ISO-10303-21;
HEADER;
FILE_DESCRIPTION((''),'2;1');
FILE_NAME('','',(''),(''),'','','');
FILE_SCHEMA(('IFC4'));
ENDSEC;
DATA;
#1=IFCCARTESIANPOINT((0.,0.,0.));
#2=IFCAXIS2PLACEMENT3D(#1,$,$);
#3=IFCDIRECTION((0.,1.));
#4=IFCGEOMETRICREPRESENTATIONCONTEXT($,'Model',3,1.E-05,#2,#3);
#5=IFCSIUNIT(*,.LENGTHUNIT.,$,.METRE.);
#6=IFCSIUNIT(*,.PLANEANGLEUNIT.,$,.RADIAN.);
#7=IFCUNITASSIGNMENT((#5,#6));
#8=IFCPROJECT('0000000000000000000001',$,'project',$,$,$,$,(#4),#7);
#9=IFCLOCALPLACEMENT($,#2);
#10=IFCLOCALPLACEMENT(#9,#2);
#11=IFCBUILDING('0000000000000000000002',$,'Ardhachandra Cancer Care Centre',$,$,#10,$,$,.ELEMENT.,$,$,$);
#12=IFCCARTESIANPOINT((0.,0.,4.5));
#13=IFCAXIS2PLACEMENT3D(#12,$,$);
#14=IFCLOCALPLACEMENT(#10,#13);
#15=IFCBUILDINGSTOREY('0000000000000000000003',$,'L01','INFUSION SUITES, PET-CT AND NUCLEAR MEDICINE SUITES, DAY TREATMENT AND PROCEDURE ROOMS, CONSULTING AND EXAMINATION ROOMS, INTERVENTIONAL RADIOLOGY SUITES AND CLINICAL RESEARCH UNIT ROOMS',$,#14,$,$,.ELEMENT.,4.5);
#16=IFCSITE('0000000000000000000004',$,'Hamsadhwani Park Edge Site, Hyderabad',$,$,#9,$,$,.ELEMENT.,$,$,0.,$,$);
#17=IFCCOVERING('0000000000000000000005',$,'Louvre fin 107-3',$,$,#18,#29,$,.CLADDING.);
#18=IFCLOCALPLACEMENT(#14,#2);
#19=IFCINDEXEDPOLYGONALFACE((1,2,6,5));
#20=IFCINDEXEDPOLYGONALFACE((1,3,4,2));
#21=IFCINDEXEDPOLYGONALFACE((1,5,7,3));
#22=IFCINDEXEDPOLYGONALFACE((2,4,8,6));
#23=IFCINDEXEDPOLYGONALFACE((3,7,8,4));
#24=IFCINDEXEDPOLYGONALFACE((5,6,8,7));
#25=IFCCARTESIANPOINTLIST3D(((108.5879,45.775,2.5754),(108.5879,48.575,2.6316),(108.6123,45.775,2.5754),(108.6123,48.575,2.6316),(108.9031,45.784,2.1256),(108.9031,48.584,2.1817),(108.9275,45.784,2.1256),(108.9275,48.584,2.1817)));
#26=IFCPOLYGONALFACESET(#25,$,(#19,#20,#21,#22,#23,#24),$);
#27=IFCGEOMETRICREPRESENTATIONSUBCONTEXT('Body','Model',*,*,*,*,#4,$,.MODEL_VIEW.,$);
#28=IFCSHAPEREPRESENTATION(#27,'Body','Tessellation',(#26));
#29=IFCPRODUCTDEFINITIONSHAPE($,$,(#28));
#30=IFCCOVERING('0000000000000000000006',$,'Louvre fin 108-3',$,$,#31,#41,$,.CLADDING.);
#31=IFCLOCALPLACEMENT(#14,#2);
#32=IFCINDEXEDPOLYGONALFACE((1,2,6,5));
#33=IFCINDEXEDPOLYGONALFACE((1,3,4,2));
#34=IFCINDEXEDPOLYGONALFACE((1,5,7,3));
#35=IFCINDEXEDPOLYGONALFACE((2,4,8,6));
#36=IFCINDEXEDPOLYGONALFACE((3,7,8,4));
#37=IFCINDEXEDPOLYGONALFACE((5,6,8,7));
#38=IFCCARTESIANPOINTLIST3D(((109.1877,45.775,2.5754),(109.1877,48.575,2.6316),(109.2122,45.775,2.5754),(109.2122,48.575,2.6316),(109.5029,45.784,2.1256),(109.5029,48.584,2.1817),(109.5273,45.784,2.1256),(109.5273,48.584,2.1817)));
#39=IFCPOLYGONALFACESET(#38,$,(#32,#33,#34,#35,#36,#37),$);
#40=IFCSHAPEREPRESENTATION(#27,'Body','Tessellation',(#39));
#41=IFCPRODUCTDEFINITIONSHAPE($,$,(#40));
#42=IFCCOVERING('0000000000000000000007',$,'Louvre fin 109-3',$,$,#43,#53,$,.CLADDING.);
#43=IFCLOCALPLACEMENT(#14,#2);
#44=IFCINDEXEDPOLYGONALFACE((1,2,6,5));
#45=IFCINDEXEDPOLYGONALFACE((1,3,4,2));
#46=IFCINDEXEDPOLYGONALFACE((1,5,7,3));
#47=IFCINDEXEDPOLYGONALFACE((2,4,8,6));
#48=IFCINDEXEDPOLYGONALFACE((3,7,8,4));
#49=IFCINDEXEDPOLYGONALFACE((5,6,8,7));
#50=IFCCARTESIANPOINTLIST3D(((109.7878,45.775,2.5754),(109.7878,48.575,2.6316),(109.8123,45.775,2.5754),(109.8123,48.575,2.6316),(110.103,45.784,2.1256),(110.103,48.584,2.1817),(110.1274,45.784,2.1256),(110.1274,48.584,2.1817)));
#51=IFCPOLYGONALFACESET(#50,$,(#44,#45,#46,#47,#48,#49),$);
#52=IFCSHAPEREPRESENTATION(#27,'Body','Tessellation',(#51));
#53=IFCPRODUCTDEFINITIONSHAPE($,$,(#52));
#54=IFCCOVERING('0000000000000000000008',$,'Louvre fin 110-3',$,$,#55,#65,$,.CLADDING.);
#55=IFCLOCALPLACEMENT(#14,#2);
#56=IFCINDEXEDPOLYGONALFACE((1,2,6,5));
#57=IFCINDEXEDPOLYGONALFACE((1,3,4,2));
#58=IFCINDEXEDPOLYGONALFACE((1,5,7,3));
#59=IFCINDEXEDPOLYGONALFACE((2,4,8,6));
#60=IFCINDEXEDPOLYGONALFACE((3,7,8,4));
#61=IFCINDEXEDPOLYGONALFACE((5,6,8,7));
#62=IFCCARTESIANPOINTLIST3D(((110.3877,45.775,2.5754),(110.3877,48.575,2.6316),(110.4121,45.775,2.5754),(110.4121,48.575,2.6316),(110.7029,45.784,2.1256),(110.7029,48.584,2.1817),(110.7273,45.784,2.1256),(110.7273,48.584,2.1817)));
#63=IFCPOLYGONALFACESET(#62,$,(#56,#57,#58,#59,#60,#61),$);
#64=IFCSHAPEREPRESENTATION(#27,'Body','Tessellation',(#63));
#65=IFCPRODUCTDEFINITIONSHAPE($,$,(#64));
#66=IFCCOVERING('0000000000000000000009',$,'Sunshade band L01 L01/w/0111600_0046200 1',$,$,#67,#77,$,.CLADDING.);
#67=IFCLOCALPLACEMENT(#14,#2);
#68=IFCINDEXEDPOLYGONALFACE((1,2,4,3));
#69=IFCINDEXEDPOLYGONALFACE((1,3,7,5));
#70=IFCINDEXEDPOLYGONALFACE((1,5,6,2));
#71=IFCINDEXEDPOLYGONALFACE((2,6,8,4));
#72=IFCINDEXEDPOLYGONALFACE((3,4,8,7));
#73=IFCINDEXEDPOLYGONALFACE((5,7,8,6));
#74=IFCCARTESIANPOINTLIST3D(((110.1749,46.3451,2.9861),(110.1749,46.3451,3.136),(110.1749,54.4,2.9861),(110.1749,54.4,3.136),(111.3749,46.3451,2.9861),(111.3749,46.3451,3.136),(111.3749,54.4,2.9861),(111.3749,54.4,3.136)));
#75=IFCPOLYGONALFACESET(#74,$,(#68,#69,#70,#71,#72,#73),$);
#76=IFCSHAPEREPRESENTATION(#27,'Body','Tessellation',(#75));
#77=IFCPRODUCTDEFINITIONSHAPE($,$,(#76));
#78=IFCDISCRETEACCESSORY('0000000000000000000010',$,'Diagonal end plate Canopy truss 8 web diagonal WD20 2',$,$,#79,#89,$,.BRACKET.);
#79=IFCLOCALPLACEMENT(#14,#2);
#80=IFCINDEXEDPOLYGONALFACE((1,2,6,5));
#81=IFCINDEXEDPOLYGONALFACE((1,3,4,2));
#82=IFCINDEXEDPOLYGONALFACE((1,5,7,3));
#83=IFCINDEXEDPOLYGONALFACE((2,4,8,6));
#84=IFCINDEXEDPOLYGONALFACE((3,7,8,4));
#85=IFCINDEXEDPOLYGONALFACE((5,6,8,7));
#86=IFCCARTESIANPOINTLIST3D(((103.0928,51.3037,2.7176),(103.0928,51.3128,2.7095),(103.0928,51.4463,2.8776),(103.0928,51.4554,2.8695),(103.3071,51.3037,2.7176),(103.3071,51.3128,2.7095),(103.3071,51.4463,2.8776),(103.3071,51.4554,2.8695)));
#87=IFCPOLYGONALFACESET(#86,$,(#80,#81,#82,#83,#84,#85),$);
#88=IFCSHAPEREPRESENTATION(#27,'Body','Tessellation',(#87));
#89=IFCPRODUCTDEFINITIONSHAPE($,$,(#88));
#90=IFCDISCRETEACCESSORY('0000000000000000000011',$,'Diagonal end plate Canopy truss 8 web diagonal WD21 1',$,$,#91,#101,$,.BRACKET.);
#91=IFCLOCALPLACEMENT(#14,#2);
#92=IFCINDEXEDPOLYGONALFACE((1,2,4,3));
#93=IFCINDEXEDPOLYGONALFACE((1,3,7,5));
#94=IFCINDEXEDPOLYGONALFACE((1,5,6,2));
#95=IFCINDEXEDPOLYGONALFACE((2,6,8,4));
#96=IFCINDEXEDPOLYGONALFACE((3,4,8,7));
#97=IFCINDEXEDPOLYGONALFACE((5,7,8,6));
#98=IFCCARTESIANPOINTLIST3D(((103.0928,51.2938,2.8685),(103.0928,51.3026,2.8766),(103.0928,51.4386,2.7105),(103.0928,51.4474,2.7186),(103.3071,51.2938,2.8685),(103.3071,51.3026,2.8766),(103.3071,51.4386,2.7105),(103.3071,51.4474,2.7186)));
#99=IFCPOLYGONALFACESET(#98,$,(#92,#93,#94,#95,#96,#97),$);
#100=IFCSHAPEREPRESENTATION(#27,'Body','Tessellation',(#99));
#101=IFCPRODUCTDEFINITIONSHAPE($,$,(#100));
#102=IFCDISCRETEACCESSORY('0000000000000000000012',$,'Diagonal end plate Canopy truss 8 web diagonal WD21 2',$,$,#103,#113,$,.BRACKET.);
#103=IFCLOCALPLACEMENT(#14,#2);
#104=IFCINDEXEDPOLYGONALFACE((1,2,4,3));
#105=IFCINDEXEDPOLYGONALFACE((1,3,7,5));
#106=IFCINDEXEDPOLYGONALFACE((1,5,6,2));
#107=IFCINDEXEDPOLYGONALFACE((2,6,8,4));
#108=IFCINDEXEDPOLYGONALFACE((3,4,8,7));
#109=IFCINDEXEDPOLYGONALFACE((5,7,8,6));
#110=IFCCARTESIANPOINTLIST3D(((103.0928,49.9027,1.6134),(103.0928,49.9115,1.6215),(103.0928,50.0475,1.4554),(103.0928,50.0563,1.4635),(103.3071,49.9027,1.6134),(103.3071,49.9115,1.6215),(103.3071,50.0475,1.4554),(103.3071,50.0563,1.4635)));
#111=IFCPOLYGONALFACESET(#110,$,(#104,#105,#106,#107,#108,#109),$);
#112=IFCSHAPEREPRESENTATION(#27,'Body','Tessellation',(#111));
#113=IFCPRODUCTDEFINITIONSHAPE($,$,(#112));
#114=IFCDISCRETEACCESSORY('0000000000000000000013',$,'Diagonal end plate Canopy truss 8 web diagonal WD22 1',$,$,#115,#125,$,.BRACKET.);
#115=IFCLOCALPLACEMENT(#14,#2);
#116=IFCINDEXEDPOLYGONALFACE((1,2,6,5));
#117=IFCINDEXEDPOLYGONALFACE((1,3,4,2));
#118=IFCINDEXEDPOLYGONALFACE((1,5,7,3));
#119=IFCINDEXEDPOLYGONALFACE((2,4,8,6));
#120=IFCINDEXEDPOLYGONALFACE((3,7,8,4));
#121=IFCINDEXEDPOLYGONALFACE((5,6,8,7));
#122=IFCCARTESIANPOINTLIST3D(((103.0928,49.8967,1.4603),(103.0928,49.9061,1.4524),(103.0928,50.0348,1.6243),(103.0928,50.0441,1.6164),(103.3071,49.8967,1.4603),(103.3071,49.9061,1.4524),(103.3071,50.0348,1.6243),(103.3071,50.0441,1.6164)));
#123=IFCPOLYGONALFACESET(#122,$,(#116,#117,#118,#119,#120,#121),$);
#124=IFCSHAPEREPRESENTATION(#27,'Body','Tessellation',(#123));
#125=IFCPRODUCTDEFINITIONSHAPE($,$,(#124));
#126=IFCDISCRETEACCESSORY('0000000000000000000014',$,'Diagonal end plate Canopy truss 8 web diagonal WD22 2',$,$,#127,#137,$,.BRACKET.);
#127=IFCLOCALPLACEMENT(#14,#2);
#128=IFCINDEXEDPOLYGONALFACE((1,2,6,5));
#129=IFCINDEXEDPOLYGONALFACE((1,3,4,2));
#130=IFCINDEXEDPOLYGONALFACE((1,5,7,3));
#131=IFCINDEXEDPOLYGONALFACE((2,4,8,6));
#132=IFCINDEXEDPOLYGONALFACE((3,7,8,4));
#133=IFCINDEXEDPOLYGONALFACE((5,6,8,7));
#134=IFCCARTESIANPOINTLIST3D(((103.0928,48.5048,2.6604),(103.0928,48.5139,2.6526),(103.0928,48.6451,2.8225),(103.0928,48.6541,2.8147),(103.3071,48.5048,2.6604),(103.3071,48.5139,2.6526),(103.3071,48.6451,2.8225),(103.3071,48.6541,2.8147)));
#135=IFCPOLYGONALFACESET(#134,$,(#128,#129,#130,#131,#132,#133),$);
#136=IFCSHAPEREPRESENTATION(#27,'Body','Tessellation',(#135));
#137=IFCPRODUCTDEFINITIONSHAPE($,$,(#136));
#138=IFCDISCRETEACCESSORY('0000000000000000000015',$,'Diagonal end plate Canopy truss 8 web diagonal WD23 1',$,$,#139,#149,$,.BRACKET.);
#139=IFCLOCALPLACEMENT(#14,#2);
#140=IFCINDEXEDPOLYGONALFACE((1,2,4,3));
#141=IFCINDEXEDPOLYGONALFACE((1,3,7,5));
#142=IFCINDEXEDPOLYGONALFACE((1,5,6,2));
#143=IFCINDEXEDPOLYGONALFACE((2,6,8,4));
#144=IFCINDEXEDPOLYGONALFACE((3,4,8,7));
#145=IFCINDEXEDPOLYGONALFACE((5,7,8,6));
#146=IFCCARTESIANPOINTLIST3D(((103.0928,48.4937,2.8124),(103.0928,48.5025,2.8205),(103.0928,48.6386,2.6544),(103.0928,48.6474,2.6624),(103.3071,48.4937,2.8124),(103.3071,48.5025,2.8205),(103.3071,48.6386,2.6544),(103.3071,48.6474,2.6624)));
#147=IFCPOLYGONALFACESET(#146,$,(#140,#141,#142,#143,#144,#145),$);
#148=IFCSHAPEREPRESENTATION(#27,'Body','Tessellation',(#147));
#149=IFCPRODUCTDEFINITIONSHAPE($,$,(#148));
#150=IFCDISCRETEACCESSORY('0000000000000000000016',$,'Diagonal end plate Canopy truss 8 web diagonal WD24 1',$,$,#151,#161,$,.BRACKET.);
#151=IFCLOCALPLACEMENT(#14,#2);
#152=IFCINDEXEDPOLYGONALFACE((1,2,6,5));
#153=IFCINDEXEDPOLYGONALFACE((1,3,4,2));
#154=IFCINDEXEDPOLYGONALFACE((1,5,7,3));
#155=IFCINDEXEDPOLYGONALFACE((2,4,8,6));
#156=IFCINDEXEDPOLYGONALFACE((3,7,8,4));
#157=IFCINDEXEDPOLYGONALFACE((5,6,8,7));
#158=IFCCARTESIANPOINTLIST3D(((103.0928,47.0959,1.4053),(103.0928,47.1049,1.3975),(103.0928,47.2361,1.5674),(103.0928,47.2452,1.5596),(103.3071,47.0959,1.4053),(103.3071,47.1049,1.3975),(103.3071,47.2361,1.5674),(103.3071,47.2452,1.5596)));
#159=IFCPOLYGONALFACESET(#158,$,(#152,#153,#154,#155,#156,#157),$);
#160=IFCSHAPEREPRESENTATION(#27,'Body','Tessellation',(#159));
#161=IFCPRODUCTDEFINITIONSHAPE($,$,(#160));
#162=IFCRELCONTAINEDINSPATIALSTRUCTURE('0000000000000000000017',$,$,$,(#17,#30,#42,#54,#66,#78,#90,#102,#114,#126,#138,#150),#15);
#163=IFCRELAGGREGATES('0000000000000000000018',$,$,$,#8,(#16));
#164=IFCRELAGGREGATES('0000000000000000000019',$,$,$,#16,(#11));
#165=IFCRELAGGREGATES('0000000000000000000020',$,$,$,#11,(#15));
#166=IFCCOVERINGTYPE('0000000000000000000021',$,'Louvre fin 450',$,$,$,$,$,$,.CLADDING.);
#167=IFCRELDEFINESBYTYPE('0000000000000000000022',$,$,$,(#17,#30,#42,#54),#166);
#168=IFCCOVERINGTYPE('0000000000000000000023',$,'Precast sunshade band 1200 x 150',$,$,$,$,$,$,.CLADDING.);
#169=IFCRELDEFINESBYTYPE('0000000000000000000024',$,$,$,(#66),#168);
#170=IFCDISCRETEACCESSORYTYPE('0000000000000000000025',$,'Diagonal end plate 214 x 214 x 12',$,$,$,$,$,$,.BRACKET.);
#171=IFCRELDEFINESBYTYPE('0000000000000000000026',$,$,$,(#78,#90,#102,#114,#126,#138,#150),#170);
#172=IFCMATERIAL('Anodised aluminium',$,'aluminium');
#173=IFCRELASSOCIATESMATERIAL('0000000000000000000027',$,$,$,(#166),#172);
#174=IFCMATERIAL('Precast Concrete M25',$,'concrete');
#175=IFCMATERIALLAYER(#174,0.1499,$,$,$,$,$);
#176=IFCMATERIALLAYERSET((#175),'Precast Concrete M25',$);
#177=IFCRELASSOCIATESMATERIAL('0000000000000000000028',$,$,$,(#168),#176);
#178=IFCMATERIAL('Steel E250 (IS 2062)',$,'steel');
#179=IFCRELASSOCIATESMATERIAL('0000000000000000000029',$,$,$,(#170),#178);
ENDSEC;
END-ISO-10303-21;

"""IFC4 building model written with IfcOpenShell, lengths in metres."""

from ifc_helpers import new_model, si_unit, direction, frame, origin, origin_2d, place, context, subcontext, project, spatial, polyline, rectangle, outline, extrude, material, layer, layer_set, material_profile, profile_set, type_object, element, save


model = new_model("IFC4")

# Units and contexts
model_context = context("Model", 3, precision=1e-05, world=origin(), true_north=direction((0.0, 1.0)))
body_context = subcontext(model_context, "Body", "Model", "MODEL_VIEW")
ifc_project = project(units=[si_unit("LENGTHUNIT", "METRE"), si_unit("PLANEANGLEUNIT", "RADIAN")], contexts=[model_context])

# Site, building, storey
site_placement = place(None, origin())
site = spatial("IfcSite", under=ifc_project, at=site_placement, Name="Hamsadhwani Park Edge Site, Hyderabad", CompositionType="ELEMENT", RefElevation=0.0)
building_placement = place(site_placement, origin())
building = spatial("IfcBuilding", under=site, at=building_placement, Name="Ardhachandra Cancer Care Centre", CompositionType="ELEMENT")
storey_placement = place(building_placement, frame((0.0, 0.0, 4.5)))
storey = spatial("IfcBuildingStorey", under=building, at=storey_placement, Name="L01", Description="INFUSION SUITES, PET-CT AND NUCLEAR MEDICINE SUITES, DAY TREATMENT AND PROCEDURE ROOMS, CONSULTING AND EXAMINATION ROOMS, INTERVENTIONAL RADIOLOGY SUITES AND CLINICAL RESEARCH UNIT ROOMS", CompositionType="ELEMENT", Elevation=4.5)

# Coverings
ifc_material_1 = material(Name="Anodised aluminium", Category="aluminium")
ifc_material_profile_1 = material_profile(ifc_material_1, outline(polyline([(-0.0122, 0.0), (0.0122, 0.0), (0.3274, -0.45), (0.303, -0.45), (-0.0122, 0.0)])), Name="Louvre fin 450")
ifc_profile_set_1 = profile_set([ifc_material_profile_1], Name="Anodised aluminium")
covering_type_1 = type_object("IfcCoveringType", Name="Louvre fin 450", PredefinedType="CLADDING", material=ifc_profile_set_1)
for number, where, z_axis, x_axis, name in (
    (1, (108.6001, 48.575, 2.6316), (0.0, -0.999799, -0.02005), (1.0, 0.0, 0.0), "Louvre fin 107-3"),
    (2, (109.2, 48.575, 2.6316), (0.0, -0.999799, -0.02005), (1.0, 0.0, 0.0), "Louvre fin 108-3"),
    (3, (109.8, 48.575, 2.6316), (0.0, -0.999799, -0.02005), (1.0, 0.0, 0.0), "Louvre fin 109-3"),
    (4, (110.3999, 48.575, 2.6316), (0.0, -0.999799, -0.02005), (1.0, 0.0, 0.0), "Louvre fin 110-3"),
):
    element("IfcCovering", number, at=place(storey_placement, frame(where, z_axis=z_axis, x_axis=x_axis)), inside=storey, type_object=covering_type_1, Name=name, PredefinedType="CLADDING", context=body_context, shape_type="SweptSolid", body=[
        extrude(outline(polyline([(-0.0122, 0.0), (0.0122, 0.0), (0.3274, -0.45), (0.303, -0.45), (-0.0122, 0.0)])), origin(), (0.0, 0.0, 1.0), 2.8005),
    ])
ifc_material_2 = material(Name="Precast Concrete M25", Category="concrete")
ifc_layer_1 = layer(ifc_material_2, 0.1499)
ifc_layer_set_1 = layer_set([ifc_layer_1], Name="Precast Concrete M25")
covering_type_2 = type_object("IfcCoveringType", Name="Precast sunshade band 1200 x 150", PredefinedType="CLADDING", material=ifc_layer_set_1)
covering_placement = place(storey_placement, frame((110.7749, 50.3726, 2.9861), z_axis=(0.0, 0.0, 1.0), x_axis=(0.0, 1.0, 0.0)))
element("IfcCovering", 5, at=covering_placement, inside=storey, type_object=covering_type_2, Name="Sunshade band L01 L01/w/0111600_0046200 1", PredefinedType="CLADDING", context=body_context, shape_type="SweptSolid", body=[
    extrude(rectangle(XDim=8.0549, YDim=1.2, at=origin_2d()), origin(), (0.0, 0.0, 1.0), 0.1499),
])

# Discrete accessories
ifc_material_3 = material(Name="Steel E250 (IS 2062)", Category="steel")
ifc_material_profile_2 = material_profile(ifc_material_3, rectangle(XDim=0.2144, YDim=0.2144, at=origin_2d()), Name="PL 214x214x12")
ifc_profile_set_2 = profile_set([ifc_material_profile_2], Name="Steel E250 (IS 2062)")
discrete_accessory_type = type_object("IfcDiscreteAccessoryType", Name="Diagonal end plate 214 x 214 x 12", PredefinedType="BRACKET", material=ifc_profile_set_2)
discrete_accessory_1_placement = place(storey_placement, frame((103.2, 51.375, 2.7976), z_axis=(0.0, 0.746295, -0.665615), x_axis=(-1.0, 0.0, 0.0)))
element("IfcDiscreteAccessory", 6, at=discrete_accessory_1_placement, inside=storey, type_object=discrete_accessory_type, Name="Diagonal end plate Canopy truss 8 web diagonal WD20 2", PredefinedType="BRACKET", context=body_context, shape_type="SweptSolid", body=[
    extrude(rectangle(XDim=0.2144, YDim=0.2144, at=origin_2d()), origin(), (0.0, 0.0, 1.0), 0.0122),
])
for number, where, z_axis, x_axis, name in (
    (7, (103.2, 51.375, 2.7976), (0.0, -0.737154, -0.675725), (1.0, 0.0, 0.0), "Diagonal end plate Canopy truss 8 web diagonal WD21 1"),
    (8, (103.2, 49.9751, 1.5344), (0.0, 0.737154, 0.675725), (-1.0, 0.0, 0.0), "Diagonal end plate Canopy truss 8 web diagonal WD21 2"),
):
    element("IfcDiscreteAccessory", number, at=place(storey_placement, frame(where, z_axis=z_axis, x_axis=x_axis)), inside=storey, type_object=discrete_accessory_type, Name=name, PredefinedType="BRACKET", context=body_context, shape_type="SweptSolid", body=[
        extrude(rectangle(XDim=0.2144, YDim=0.2144, at=origin_2d()), origin(), (0.0, 0.0, 1.0), 0.012),
    ])
discrete_accessory_2_placement = place(storey_placement, frame((103.2, 49.9751, 1.5344), z_axis=(0.0, -0.764911, 0.644136), x_axis=(1.0, 0.0, 0.0)))
element("IfcDiscreteAccessory", 9, at=discrete_accessory_2_placement, inside=storey, type_object=discrete_accessory_type, Name="Diagonal end plate Canopy truss 8 web diagonal WD22 1", PredefinedType="BRACKET", context=body_context, shape_type="SweptSolid", body=[
    extrude(rectangle(XDim=0.2144, YDim=0.2144, at=origin_2d()), origin(), (0.0, 0.0, 1.0), 0.0122),
])
for number, where, z_axis, x_axis, name in (
    (10, (103.2, 48.575, 2.7415), (0.0, 0.756363, -0.654152), (-1.0, 0.0, 0.0), "Diagonal end plate Canopy truss 8 web diagonal WD22 2"),
    (11, (103.2, 48.575, 2.7415), (0.0, -0.737154, -0.675725), (1.0, 0.0, 0.0), "Diagonal end plate Canopy truss 8 web diagonal WD23 1"),
    (12, (103.2, 47.175, 1.4785), (0.0, -0.756363, 0.654152), (1.0, 0.0, 0.0), "Diagonal end plate Canopy truss 8 web diagonal WD24 1"),
):
    element("IfcDiscreteAccessory", number, at=place(storey_placement, frame(where, z_axis=z_axis, x_axis=x_axis)), inside=storey, type_object=discrete_accessory_type, Name=name, PredefinedType="BRACKET", context=body_context, shape_type="SweptSolid", body=[
        extrude(rectangle(XDim=0.2144, YDim=0.2144, at=origin_2d()), origin(), (0.0, 0.0, 1.0), 0.012),
    ])

save(model, "model.ifc")
